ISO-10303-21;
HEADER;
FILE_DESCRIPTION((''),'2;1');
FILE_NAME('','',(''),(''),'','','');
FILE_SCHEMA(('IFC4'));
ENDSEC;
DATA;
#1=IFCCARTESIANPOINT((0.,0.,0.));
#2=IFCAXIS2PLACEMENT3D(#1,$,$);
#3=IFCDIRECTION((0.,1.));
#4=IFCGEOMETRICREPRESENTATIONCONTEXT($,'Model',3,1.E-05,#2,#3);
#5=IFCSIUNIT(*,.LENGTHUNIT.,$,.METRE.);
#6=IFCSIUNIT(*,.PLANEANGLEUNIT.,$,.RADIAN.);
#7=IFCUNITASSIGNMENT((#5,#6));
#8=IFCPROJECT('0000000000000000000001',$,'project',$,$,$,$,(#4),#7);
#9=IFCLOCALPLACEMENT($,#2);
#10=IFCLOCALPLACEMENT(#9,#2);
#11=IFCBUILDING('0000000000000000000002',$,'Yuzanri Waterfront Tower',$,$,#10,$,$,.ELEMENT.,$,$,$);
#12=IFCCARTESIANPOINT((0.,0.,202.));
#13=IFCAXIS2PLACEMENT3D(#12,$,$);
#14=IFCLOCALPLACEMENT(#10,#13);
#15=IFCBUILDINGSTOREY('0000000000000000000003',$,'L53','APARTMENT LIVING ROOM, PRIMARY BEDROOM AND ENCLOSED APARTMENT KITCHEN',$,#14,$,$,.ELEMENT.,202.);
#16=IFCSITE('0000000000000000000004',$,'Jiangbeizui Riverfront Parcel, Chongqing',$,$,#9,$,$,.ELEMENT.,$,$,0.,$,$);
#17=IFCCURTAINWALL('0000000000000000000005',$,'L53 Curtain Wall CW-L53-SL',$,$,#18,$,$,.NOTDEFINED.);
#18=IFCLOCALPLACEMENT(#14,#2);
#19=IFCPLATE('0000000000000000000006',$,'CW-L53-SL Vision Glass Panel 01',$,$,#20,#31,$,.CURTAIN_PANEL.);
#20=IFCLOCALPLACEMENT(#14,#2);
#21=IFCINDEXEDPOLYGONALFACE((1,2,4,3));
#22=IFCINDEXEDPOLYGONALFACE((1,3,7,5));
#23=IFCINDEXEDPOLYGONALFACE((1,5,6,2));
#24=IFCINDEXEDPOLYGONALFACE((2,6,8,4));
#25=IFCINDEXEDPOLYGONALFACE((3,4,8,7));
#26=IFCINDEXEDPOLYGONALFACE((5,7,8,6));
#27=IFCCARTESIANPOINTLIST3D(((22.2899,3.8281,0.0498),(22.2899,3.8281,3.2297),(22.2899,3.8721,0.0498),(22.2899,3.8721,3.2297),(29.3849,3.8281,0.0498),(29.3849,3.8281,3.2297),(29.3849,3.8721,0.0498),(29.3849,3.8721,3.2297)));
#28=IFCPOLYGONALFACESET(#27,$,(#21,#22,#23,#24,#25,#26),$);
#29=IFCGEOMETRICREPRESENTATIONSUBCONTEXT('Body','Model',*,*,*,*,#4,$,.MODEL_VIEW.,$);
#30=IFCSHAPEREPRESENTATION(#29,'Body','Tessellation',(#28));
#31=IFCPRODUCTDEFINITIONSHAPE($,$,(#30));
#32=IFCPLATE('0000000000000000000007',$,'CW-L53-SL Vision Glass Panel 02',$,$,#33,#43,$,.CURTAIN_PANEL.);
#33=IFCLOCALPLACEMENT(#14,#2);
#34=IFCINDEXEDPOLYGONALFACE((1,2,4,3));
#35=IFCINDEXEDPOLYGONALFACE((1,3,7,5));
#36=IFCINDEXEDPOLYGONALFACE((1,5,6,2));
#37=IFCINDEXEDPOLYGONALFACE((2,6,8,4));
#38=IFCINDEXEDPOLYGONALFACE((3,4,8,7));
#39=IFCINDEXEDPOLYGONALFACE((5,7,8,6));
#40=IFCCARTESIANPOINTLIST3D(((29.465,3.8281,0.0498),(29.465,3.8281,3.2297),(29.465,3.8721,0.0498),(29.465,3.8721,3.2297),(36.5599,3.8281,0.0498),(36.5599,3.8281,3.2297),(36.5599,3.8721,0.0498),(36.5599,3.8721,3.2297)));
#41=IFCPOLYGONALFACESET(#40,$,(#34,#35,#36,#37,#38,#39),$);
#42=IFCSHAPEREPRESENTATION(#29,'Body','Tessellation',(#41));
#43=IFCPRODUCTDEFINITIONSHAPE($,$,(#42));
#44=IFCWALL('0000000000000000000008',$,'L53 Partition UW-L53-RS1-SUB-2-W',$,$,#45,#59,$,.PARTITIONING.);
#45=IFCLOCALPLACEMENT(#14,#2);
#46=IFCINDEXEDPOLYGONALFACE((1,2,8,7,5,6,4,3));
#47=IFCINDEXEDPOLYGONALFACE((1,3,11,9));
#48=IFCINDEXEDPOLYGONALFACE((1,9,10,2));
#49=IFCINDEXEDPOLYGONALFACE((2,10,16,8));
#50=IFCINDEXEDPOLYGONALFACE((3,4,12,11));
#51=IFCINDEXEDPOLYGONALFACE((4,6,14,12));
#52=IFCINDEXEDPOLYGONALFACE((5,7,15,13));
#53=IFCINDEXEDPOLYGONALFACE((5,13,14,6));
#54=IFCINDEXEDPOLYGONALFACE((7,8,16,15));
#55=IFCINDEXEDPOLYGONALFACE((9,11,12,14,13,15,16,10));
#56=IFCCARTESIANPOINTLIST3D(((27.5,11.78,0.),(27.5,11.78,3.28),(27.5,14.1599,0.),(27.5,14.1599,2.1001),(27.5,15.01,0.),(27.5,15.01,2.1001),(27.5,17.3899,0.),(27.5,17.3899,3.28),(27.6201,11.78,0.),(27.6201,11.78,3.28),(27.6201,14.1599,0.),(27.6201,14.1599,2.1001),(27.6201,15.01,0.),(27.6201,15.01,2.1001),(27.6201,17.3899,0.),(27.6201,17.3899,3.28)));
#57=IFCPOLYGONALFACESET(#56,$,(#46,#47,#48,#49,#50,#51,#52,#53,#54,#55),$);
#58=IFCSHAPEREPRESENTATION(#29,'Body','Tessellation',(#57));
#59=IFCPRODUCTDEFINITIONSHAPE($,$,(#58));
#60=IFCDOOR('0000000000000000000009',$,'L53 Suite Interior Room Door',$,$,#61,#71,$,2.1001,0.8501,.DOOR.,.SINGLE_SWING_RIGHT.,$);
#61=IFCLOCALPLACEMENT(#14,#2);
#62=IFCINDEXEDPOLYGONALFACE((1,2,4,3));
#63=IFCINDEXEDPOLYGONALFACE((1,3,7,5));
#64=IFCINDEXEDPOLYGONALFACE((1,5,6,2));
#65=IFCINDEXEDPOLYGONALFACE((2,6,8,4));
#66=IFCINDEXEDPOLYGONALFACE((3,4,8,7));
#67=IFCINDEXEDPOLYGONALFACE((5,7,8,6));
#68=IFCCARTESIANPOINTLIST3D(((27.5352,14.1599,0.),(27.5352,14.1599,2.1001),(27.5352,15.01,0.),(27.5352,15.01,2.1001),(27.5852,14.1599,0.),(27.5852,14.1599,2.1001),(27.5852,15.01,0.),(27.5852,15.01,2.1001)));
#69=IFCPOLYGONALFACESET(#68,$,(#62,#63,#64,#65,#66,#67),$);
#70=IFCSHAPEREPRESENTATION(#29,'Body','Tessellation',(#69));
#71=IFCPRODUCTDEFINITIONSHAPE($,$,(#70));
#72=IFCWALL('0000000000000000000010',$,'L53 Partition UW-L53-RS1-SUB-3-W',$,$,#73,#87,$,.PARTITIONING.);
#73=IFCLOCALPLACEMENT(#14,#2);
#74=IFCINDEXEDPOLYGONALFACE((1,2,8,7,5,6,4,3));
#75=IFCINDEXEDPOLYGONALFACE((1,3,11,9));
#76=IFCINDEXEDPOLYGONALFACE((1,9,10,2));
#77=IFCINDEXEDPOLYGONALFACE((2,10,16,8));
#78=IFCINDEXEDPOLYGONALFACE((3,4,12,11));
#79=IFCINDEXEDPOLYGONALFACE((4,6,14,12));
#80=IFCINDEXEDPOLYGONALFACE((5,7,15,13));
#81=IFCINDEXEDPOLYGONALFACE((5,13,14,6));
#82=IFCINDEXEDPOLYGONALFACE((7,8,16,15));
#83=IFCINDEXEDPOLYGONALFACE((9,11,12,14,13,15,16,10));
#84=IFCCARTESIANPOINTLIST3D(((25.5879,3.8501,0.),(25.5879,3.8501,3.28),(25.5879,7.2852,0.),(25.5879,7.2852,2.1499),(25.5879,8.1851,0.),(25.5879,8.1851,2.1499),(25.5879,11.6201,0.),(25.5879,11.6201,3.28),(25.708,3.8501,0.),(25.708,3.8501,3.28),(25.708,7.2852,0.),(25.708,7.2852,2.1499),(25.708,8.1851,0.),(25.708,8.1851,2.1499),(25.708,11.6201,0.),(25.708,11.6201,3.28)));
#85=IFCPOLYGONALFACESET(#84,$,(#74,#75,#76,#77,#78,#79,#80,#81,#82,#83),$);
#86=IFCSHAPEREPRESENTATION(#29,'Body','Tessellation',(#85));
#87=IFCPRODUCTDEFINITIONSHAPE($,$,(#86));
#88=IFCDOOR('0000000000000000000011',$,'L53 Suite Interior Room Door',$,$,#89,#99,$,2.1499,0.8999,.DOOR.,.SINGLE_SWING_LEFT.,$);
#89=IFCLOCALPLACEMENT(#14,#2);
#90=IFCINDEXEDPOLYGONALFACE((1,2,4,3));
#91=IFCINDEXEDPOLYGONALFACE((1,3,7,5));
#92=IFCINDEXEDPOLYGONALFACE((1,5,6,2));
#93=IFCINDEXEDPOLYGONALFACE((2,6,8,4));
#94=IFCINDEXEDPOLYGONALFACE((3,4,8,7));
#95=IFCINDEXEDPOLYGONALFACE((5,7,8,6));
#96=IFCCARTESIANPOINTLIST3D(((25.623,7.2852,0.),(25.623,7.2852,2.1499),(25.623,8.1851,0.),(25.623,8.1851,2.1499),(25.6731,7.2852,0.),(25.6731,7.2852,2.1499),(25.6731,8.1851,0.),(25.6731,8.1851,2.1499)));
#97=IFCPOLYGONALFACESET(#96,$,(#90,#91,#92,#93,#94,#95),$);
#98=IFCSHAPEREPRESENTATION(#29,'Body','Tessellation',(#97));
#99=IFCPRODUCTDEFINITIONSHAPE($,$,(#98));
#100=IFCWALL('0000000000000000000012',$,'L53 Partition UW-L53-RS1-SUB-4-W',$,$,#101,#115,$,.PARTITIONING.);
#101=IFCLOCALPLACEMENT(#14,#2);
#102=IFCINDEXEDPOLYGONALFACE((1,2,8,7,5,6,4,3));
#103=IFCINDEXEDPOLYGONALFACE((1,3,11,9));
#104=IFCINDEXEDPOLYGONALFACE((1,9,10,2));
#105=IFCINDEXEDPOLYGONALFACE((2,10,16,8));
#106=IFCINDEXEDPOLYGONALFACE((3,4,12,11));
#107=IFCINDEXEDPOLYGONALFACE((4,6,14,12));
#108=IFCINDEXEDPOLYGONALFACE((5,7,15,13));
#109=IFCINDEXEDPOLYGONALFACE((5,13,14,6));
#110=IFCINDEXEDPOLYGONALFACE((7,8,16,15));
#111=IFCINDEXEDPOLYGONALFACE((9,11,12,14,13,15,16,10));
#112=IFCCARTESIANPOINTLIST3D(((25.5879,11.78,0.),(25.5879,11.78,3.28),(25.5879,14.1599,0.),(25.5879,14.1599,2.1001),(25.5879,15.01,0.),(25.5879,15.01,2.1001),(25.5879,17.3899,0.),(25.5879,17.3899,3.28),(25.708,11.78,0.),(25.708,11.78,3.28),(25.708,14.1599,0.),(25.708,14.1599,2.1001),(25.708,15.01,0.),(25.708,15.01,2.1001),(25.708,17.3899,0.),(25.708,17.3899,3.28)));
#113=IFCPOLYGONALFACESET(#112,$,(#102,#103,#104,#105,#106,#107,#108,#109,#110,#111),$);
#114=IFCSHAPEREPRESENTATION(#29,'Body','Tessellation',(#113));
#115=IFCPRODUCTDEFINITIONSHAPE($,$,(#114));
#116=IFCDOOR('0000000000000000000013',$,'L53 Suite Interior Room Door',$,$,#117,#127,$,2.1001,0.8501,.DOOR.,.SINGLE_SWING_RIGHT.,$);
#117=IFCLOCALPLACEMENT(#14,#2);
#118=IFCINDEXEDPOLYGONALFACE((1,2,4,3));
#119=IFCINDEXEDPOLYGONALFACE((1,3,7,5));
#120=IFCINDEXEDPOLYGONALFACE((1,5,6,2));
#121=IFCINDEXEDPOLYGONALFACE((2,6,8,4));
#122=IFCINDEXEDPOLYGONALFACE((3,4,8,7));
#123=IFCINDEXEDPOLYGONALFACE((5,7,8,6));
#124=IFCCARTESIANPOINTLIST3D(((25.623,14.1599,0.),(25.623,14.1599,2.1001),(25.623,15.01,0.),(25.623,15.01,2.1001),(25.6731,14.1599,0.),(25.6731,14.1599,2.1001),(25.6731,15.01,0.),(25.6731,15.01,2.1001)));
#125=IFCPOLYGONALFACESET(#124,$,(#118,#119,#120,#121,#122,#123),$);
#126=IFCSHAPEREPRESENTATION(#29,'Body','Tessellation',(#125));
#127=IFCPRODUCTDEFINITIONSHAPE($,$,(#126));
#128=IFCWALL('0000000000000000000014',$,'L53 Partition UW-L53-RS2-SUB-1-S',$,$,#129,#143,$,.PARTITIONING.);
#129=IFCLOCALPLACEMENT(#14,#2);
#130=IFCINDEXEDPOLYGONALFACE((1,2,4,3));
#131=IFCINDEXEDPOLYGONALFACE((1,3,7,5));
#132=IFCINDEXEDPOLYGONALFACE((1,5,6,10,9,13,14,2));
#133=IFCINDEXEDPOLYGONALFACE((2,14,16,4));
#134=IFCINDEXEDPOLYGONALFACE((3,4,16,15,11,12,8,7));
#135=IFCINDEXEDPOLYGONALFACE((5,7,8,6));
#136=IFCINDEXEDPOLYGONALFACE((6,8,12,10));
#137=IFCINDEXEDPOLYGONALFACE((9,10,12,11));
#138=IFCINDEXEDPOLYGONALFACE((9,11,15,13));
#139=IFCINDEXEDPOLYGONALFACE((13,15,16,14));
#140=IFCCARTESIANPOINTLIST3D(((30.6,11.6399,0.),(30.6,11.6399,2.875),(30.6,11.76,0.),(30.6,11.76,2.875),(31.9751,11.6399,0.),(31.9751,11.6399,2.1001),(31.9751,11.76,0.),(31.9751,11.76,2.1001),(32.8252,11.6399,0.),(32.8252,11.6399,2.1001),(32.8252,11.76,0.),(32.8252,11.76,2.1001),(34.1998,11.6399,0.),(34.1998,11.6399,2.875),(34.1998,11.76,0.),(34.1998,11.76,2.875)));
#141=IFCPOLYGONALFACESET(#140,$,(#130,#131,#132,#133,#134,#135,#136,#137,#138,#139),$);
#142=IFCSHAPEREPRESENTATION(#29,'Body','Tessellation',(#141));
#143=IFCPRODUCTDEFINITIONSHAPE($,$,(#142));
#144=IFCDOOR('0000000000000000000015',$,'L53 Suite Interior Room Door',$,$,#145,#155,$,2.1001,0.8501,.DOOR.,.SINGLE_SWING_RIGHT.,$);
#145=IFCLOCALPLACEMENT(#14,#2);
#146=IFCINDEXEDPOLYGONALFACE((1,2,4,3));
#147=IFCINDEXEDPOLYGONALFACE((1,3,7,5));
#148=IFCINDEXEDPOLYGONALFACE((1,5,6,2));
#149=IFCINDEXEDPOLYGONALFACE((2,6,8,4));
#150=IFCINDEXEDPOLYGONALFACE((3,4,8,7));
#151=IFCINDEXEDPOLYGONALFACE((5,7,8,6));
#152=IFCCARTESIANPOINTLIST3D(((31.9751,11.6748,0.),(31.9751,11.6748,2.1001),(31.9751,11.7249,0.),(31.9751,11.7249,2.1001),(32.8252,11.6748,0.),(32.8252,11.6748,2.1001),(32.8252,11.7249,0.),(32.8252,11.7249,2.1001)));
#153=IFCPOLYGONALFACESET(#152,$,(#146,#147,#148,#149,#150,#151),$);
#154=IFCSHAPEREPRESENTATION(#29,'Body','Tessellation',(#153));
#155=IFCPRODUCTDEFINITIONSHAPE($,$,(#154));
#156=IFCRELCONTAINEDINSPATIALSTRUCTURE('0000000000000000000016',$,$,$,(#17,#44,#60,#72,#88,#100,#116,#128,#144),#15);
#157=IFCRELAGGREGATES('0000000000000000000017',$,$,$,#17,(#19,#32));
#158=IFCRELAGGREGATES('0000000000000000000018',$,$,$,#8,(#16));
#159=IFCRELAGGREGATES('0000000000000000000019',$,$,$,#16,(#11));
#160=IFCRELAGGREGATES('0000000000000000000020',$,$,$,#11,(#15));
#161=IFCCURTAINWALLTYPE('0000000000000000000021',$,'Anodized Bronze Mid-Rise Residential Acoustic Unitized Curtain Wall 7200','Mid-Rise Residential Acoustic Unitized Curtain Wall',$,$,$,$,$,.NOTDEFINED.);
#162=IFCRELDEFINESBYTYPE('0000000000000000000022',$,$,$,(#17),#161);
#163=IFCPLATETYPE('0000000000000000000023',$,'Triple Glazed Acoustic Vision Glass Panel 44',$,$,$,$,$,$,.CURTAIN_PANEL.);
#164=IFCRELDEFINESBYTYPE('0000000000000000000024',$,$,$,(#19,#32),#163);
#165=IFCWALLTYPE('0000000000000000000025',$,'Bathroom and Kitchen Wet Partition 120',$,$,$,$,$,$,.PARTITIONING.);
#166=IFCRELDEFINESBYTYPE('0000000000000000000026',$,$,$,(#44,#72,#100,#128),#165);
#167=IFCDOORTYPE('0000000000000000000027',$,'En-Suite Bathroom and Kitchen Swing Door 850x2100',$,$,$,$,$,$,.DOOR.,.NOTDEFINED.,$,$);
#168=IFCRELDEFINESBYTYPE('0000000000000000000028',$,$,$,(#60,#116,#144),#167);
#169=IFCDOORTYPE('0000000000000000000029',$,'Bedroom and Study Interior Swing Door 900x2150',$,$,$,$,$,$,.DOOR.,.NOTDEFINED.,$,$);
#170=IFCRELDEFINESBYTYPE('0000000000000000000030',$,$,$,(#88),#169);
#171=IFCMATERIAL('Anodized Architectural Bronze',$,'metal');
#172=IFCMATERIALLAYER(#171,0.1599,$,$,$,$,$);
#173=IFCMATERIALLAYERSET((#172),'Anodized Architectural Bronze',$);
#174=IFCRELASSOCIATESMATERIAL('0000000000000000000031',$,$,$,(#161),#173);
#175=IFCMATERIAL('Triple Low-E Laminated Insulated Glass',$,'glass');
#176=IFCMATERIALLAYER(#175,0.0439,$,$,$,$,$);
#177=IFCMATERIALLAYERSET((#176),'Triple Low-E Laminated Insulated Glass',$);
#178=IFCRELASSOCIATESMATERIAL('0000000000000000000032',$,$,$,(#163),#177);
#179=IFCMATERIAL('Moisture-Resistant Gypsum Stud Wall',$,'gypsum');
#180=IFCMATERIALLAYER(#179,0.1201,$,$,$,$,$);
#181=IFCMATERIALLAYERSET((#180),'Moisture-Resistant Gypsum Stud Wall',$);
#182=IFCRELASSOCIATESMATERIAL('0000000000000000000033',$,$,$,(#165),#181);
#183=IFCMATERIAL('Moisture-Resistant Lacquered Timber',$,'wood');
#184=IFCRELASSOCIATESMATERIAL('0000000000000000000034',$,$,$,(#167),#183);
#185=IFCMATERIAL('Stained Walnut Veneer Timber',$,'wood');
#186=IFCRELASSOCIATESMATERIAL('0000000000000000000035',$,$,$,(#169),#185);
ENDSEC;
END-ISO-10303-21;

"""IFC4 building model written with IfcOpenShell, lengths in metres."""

from ifc_helpers import new_model, si_unit, direction, frame, frame_2d, origin, origin_2d, place, context, subcontext, project, spatial, rectangle, extrude, source, transform, mapped, material, layer, layer_set, type_object, element, fill, aggregate, save


model = new_model("IFC4")

# Units and contexts
model_context = context("Model", 3, precision=1e-05, world=origin(), true_north=direction((0.0, 1.0)))
body_context = subcontext(model_context, "Body", "Model", "MODEL_VIEW")
ifc_project = project(units=[si_unit("LENGTHUNIT", "METRE"), si_unit("PLANEANGLEUNIT", "RADIAN")], contexts=[model_context])

# Site, building, storey
site_placement = place(None, origin())
site = spatial("IfcSite", under=ifc_project, at=site_placement, Name="Jiangbeizui Riverfront Parcel, Chongqing", CompositionType="ELEMENT", RefElevation=0.0)
building_placement = place(site_placement, origin())
building = spatial("IfcBuilding", under=site, at=building_placement, Name="Yuzanri Waterfront Tower", CompositionType="ELEMENT")
storey_placement = place(building_placement, frame((0.0, 0.0, 202.0)))
storey = spatial("IfcBuildingStorey", under=building, at=storey_placement, Name="L53", Description="APARTMENT LIVING ROOM, PRIMARY BEDROOM AND ENCLOSED APARTMENT KITCHEN", CompositionType="ELEMENT", Elevation=202.0)

# Curtain wall, plates
ifc_material_1 = material(Name="Anodized Architectural Bronze", Category="metal")
ifc_layer_1 = layer(ifc_material_1, 0.1599)
ifc_layer_set_1 = layer_set([ifc_layer_1], Name="Anodized Architectural Bronze")
curtain_wall_type = type_object("IfcCurtainWallType", Name="Anodized Bronze Mid-Rise Residential Acoustic Unitized Curtain Wall 7200", Description="Mid-Rise Residential Acoustic Unitized Curtain Wall", PredefinedType="NOTDEFINED", material=ifc_layer_set_1)
curtain_wall_placement = place(storey_placement, origin())
curtain_wall = element("IfcCurtainWall", 1, at=curtain_wall_placement, inside=storey, type_object=curtain_wall_type, Name="L53 Curtain Wall CW-L53-SL", PredefinedType="NOTDEFINED")
ifc_material_2 = material(Name="Triple Low-E Laminated Insulated Glass", Category="glass")
ifc_layer_2 = layer(ifc_material_2, 0.0439)
ifc_layer_set_2 = layer_set([ifc_layer_2], Name="Triple Low-E Laminated Insulated Glass")
plate_type = type_object("IfcPlateType", Name="Triple Glazed Acoustic Vision Glass Panel 44", PredefinedType="CURTAIN_PANEL", material=ifc_layer_set_2)
shared_shape_1 = source(origin(), body_context, "Body", "SweptSolid", [
    extrude(rectangle(XDim=7.095, YDim=0.0439, at=origin_2d()), origin(), (0.0, 0.0, 1.0), 3.1799),
])
plate_1_placement = place(storey_placement, frame((25.8374, 3.8501, 0.0498), z_axis=(0.0, 0.0, 1.0), x_axis=(1.0, 0.0, 0.0)))
plate_1 = element("IfcPlate", 2, at=plate_1_placement, type_object=plate_type, Name="CW-L53-SL Vision Glass Panel 01", PredefinedType="CURTAIN_PANEL", context=body_context, shape_type="MappedRepresentation", body=[
    mapped(shared_shape_1, transform((0.0, 0.0, 0.0), scale=1.0)),
])
plate_2_placement = place(storey_placement, frame((33.0125, 3.8501, 0.0498), z_axis=(0.0, 0.0, 1.0), x_axis=(1.0, 0.0, 0.0)))
plate_2 = element("IfcPlate", 3, at=plate_2_placement, type_object=plate_type, Name="CW-L53-SL Vision Glass Panel 02", PredefinedType="CURTAIN_PANEL", context=body_context, shape_type="MappedRepresentation", body=[
    mapped(shared_shape_1, transform((0.0, 0.0, 0.0), scale=1.0)),
])
aggregate(curtain_wall, [plate_1, plate_2])

# Walls, openings, doors
ifc_material_3 = material(Name="Moisture-Resistant Gypsum Stud Wall", Category="gypsum")
ifc_layer_3 = layer(ifc_material_3, 0.1201)
ifc_layer_set_3 = layer_set([ifc_layer_3], Name="Moisture-Resistant Gypsum Stud Wall")
wall_type_1 = type_object("IfcWallType", Name="Bathroom and Kitchen Wet Partition 120", PredefinedType="PARTITIONING", material=ifc_layer_set_3)
wall_1_placement = place(storey_placement, frame((27.5601, 11.78, 0.0), z_axis=(0.0, 0.0, 1.0), x_axis=(0.0, 1.0, 0.0)))
wall_1 = element("IfcWall", 4, at=wall_1_placement, inside=storey, type_object=wall_type_1, Name="L53 Partition UW-L53-RS1-SUB-2-W", PredefinedType="PARTITIONING", context=body_context, shape_type="SweptSolid", body=[
    extrude(rectangle(XDim=5.6099, YDim=0.1201, at=frame_2d((2.8049, 0.0))), origin(), (0.0, 0.0, 1.0), 3.28),
])
opening_1_placement = place(wall_1_placement, frame((2.3799, 0.0, 0.0)))
opening_1 = element("IfcOpeningElement", 5, at=opening_1_placement, cuts=wall_1, PredefinedType="OPENING", context=body_context, shape_type="SweptSolid", body=[
    extrude(rectangle(XDim=0.8501, YDim=2.1001, at=frame_2d((0.425, 1.05))), frame((0.0, 0.075, 0.0), z_axis=(0.0, -1.0, 0.0), x_axis=(1.0, 0.0, 0.0)), (0.0, 0.0, 1.0), 0.1499),
])
ifc_material_4 = material(Name="Moisture-Resistant Lacquered Timber", Category="wood")
door_type_1 = type_object("IfcDoorType", Name="En-Suite Bathroom and Kitchen Swing Door 850x2100", OperationType="NOTDEFINED", PredefinedType="DOOR", material=ifc_material_4)
shared_shape_2 = source(origin(), body_context, "Body", "SweptSolid", [
    extrude(rectangle(XDim=0.8501, YDim=2.1001, at=frame_2d((0.425, 1.05))), frame((0.0, 0.0249, 0.0), z_axis=(0.0, -1.0, 0.0), x_axis=(1.0, 0.0, 0.0)), (0.0, 0.0, 1.0), 0.05),
])
door_1_placement = place(opening_1_placement, origin())
door_1 = element("IfcDoor", 6, at=door_1_placement, inside=storey, type_object=door_type_1, Name="L53 Suite Interior Room Door", OperationType="SINGLE_SWING_RIGHT", OverallHeight=2.1001, OverallWidth=0.8501, PredefinedType="DOOR", context=body_context, shape_type="MappedRepresentation", body=[
    mapped(shared_shape_2, transform((0.0, 0.0, 0.0), scale=1.0)),
])
fill(opening_1, door_1)
wall_2_placement = place(storey_placement, frame((25.6479, 3.8501, 0.0), z_axis=(0.0, 0.0, 1.0), x_axis=(0.0, 1.0, 0.0)))
wall_2 = element("IfcWall", 7, at=wall_2_placement, inside=storey, type_object=wall_type_1, Name="L53 Partition UW-L53-RS1-SUB-3-W", PredefinedType="PARTITIONING", context=body_context, shape_type="SweptSolid", body=[
    extrude(rectangle(XDim=7.77, YDim=0.1201, at=frame_2d((3.885, 0.0))), origin(), (0.0, 0.0, 1.0), 3.28),
])
opening_2_placement = place(wall_2_placement, frame((3.4351, 0.0, 0.0)))
opening_2 = element("IfcOpeningElement", 8, at=opening_2_placement, cuts=wall_2, PredefinedType="OPENING", context=body_context, shape_type="SweptSolid", body=[
    extrude(rectangle(XDim=0.8999, YDim=2.1499, at=frame_2d((0.45, 1.075))), frame((0.0, 0.075, 0.0), z_axis=(0.0, -1.0, 0.0), x_axis=(1.0, 0.0, 0.0)), (0.0, 0.0, 1.0), 0.1499),
])
ifc_material_5 = material(Name="Stained Walnut Veneer Timber", Category="wood")
door_type_2 = type_object("IfcDoorType", Name="Bedroom and Study Interior Swing Door 900x2150", OperationType="NOTDEFINED", PredefinedType="DOOR", material=ifc_material_5)
shared_shape_3 = source(origin(), body_context, "Body", "SweptSolid", [
    extrude(rectangle(XDim=0.8999, YDim=2.1499, at=frame_2d((0.45, 1.075))), frame((0.0, 0.0249, 0.0), z_axis=(0.0, -1.0, 0.0), x_axis=(1.0, 0.0, 0.0)), (0.0, 0.0, 1.0), 0.05),
])
door_2_placement = place(opening_2_placement, origin())
door_2 = element("IfcDoor", 9, at=door_2_placement, inside=storey, type_object=door_type_2, Name="L53 Suite Interior Room Door", OperationType="SINGLE_SWING_LEFT", OverallHeight=2.1499, OverallWidth=0.8999, PredefinedType="DOOR", context=body_context, shape_type="MappedRepresentation", body=[
    mapped(shared_shape_3, transform((0.0, 0.0, 0.0), scale=1.0)),
])
fill(opening_2, door_2)
wall_3_placement = place(storey_placement, frame((25.6479, 11.78, 0.0), z_axis=(0.0, 0.0, 1.0), x_axis=(0.0, 1.0, 0.0)))
wall_3 = element("IfcWall", 10, at=wall_3_placement, inside=storey, type_object=wall_type_1, Name="L53 Partition UW-L53-RS1-SUB-4-W", PredefinedType="PARTITIONING", context=body_context, shape_type="SweptSolid", body=[
    extrude(rectangle(XDim=5.6099, YDim=0.1201, at=frame_2d((2.8049, 0.0))), origin(), (0.0, 0.0, 1.0), 3.28),
])
opening_3_placement = place(wall_3_placement, frame((2.3799, 0.0, 0.0)))
opening_3 = element("IfcOpeningElement", 11, at=opening_3_placement, cuts=wall_3, PredefinedType="OPENING", context=body_context, shape_type="SweptSolid", body=[
    extrude(rectangle(XDim=0.8501, YDim=2.1001, at=frame_2d((0.425, 1.05))), frame((0.0, 0.075, 0.0), z_axis=(0.0, -1.0, 0.0), x_axis=(1.0, 0.0, 0.0)), (0.0, 0.0, 1.0), 0.1499),
])
door_3_placement = place(opening_3_placement, origin())
door_3 = element("IfcDoor", 12, at=door_3_placement, inside=storey, type_object=door_type_1, Name="L53 Suite Interior Room Door", OperationType="SINGLE_SWING_RIGHT", OverallHeight=2.1001, OverallWidth=0.8501, PredefinedType="DOOR", context=body_context, shape_type="MappedRepresentation", body=[
    mapped(shared_shape_2, transform((0.0, 0.0, 0.0), scale=1.0)),
])
fill(opening_3, door_3)
wall_4_placement = place(storey_placement, frame((30.6001, 11.7, 0.0), z_axis=(0.0, 0.0, 1.0), x_axis=(1.0, 0.0, 0.0)))
wall_4 = element("IfcWall", 13, at=wall_4_placement, inside=storey, type_object=wall_type_1, Name="L53 Partition UW-L53-RS2-SUB-1-S", PredefinedType="PARTITIONING", context=body_context, shape_type="SweptSolid", body=[
    extrude(rectangle(XDim=3.5999, YDim=0.1201, at=frame_2d((1.7998, 0.0))), origin(), (0.0, 0.0, 1.0), 2.875),
])
opening_4_placement = place(wall_4_placement, frame((1.375, 0.0, 0.0)))
opening_4 = element("IfcOpeningElement", 14, at=opening_4_placement, cuts=wall_4, PredefinedType="OPENING", context=body_context, shape_type="SweptSolid", body=[
    extrude(rectangle(XDim=0.8501, YDim=2.1001, at=frame_2d((0.425, 1.05))), frame((0.0, 0.075, 0.0), z_axis=(0.0, -1.0, 0.0), x_axis=(1.0, 0.0, 0.0)), (0.0, 0.0, 1.0), 0.1499),
])
door_4_placement = place(opening_4_placement, origin())
door_4 = element("IfcDoor", 15, at=door_4_placement, inside=storey, type_object=door_type_1, Name="L53 Suite Interior Room Door", OperationType="SINGLE_SWING_RIGHT", OverallHeight=2.1001, OverallWidth=0.8501, PredefinedType="DOOR", context=body_context, shape_type="MappedRepresentation", body=[
    mapped(shared_shape_2, transform((0.0, 0.0, 0.0), scale=1.0)),
])
fill(opening_4, door_4)

save(model, "model.ifc")
